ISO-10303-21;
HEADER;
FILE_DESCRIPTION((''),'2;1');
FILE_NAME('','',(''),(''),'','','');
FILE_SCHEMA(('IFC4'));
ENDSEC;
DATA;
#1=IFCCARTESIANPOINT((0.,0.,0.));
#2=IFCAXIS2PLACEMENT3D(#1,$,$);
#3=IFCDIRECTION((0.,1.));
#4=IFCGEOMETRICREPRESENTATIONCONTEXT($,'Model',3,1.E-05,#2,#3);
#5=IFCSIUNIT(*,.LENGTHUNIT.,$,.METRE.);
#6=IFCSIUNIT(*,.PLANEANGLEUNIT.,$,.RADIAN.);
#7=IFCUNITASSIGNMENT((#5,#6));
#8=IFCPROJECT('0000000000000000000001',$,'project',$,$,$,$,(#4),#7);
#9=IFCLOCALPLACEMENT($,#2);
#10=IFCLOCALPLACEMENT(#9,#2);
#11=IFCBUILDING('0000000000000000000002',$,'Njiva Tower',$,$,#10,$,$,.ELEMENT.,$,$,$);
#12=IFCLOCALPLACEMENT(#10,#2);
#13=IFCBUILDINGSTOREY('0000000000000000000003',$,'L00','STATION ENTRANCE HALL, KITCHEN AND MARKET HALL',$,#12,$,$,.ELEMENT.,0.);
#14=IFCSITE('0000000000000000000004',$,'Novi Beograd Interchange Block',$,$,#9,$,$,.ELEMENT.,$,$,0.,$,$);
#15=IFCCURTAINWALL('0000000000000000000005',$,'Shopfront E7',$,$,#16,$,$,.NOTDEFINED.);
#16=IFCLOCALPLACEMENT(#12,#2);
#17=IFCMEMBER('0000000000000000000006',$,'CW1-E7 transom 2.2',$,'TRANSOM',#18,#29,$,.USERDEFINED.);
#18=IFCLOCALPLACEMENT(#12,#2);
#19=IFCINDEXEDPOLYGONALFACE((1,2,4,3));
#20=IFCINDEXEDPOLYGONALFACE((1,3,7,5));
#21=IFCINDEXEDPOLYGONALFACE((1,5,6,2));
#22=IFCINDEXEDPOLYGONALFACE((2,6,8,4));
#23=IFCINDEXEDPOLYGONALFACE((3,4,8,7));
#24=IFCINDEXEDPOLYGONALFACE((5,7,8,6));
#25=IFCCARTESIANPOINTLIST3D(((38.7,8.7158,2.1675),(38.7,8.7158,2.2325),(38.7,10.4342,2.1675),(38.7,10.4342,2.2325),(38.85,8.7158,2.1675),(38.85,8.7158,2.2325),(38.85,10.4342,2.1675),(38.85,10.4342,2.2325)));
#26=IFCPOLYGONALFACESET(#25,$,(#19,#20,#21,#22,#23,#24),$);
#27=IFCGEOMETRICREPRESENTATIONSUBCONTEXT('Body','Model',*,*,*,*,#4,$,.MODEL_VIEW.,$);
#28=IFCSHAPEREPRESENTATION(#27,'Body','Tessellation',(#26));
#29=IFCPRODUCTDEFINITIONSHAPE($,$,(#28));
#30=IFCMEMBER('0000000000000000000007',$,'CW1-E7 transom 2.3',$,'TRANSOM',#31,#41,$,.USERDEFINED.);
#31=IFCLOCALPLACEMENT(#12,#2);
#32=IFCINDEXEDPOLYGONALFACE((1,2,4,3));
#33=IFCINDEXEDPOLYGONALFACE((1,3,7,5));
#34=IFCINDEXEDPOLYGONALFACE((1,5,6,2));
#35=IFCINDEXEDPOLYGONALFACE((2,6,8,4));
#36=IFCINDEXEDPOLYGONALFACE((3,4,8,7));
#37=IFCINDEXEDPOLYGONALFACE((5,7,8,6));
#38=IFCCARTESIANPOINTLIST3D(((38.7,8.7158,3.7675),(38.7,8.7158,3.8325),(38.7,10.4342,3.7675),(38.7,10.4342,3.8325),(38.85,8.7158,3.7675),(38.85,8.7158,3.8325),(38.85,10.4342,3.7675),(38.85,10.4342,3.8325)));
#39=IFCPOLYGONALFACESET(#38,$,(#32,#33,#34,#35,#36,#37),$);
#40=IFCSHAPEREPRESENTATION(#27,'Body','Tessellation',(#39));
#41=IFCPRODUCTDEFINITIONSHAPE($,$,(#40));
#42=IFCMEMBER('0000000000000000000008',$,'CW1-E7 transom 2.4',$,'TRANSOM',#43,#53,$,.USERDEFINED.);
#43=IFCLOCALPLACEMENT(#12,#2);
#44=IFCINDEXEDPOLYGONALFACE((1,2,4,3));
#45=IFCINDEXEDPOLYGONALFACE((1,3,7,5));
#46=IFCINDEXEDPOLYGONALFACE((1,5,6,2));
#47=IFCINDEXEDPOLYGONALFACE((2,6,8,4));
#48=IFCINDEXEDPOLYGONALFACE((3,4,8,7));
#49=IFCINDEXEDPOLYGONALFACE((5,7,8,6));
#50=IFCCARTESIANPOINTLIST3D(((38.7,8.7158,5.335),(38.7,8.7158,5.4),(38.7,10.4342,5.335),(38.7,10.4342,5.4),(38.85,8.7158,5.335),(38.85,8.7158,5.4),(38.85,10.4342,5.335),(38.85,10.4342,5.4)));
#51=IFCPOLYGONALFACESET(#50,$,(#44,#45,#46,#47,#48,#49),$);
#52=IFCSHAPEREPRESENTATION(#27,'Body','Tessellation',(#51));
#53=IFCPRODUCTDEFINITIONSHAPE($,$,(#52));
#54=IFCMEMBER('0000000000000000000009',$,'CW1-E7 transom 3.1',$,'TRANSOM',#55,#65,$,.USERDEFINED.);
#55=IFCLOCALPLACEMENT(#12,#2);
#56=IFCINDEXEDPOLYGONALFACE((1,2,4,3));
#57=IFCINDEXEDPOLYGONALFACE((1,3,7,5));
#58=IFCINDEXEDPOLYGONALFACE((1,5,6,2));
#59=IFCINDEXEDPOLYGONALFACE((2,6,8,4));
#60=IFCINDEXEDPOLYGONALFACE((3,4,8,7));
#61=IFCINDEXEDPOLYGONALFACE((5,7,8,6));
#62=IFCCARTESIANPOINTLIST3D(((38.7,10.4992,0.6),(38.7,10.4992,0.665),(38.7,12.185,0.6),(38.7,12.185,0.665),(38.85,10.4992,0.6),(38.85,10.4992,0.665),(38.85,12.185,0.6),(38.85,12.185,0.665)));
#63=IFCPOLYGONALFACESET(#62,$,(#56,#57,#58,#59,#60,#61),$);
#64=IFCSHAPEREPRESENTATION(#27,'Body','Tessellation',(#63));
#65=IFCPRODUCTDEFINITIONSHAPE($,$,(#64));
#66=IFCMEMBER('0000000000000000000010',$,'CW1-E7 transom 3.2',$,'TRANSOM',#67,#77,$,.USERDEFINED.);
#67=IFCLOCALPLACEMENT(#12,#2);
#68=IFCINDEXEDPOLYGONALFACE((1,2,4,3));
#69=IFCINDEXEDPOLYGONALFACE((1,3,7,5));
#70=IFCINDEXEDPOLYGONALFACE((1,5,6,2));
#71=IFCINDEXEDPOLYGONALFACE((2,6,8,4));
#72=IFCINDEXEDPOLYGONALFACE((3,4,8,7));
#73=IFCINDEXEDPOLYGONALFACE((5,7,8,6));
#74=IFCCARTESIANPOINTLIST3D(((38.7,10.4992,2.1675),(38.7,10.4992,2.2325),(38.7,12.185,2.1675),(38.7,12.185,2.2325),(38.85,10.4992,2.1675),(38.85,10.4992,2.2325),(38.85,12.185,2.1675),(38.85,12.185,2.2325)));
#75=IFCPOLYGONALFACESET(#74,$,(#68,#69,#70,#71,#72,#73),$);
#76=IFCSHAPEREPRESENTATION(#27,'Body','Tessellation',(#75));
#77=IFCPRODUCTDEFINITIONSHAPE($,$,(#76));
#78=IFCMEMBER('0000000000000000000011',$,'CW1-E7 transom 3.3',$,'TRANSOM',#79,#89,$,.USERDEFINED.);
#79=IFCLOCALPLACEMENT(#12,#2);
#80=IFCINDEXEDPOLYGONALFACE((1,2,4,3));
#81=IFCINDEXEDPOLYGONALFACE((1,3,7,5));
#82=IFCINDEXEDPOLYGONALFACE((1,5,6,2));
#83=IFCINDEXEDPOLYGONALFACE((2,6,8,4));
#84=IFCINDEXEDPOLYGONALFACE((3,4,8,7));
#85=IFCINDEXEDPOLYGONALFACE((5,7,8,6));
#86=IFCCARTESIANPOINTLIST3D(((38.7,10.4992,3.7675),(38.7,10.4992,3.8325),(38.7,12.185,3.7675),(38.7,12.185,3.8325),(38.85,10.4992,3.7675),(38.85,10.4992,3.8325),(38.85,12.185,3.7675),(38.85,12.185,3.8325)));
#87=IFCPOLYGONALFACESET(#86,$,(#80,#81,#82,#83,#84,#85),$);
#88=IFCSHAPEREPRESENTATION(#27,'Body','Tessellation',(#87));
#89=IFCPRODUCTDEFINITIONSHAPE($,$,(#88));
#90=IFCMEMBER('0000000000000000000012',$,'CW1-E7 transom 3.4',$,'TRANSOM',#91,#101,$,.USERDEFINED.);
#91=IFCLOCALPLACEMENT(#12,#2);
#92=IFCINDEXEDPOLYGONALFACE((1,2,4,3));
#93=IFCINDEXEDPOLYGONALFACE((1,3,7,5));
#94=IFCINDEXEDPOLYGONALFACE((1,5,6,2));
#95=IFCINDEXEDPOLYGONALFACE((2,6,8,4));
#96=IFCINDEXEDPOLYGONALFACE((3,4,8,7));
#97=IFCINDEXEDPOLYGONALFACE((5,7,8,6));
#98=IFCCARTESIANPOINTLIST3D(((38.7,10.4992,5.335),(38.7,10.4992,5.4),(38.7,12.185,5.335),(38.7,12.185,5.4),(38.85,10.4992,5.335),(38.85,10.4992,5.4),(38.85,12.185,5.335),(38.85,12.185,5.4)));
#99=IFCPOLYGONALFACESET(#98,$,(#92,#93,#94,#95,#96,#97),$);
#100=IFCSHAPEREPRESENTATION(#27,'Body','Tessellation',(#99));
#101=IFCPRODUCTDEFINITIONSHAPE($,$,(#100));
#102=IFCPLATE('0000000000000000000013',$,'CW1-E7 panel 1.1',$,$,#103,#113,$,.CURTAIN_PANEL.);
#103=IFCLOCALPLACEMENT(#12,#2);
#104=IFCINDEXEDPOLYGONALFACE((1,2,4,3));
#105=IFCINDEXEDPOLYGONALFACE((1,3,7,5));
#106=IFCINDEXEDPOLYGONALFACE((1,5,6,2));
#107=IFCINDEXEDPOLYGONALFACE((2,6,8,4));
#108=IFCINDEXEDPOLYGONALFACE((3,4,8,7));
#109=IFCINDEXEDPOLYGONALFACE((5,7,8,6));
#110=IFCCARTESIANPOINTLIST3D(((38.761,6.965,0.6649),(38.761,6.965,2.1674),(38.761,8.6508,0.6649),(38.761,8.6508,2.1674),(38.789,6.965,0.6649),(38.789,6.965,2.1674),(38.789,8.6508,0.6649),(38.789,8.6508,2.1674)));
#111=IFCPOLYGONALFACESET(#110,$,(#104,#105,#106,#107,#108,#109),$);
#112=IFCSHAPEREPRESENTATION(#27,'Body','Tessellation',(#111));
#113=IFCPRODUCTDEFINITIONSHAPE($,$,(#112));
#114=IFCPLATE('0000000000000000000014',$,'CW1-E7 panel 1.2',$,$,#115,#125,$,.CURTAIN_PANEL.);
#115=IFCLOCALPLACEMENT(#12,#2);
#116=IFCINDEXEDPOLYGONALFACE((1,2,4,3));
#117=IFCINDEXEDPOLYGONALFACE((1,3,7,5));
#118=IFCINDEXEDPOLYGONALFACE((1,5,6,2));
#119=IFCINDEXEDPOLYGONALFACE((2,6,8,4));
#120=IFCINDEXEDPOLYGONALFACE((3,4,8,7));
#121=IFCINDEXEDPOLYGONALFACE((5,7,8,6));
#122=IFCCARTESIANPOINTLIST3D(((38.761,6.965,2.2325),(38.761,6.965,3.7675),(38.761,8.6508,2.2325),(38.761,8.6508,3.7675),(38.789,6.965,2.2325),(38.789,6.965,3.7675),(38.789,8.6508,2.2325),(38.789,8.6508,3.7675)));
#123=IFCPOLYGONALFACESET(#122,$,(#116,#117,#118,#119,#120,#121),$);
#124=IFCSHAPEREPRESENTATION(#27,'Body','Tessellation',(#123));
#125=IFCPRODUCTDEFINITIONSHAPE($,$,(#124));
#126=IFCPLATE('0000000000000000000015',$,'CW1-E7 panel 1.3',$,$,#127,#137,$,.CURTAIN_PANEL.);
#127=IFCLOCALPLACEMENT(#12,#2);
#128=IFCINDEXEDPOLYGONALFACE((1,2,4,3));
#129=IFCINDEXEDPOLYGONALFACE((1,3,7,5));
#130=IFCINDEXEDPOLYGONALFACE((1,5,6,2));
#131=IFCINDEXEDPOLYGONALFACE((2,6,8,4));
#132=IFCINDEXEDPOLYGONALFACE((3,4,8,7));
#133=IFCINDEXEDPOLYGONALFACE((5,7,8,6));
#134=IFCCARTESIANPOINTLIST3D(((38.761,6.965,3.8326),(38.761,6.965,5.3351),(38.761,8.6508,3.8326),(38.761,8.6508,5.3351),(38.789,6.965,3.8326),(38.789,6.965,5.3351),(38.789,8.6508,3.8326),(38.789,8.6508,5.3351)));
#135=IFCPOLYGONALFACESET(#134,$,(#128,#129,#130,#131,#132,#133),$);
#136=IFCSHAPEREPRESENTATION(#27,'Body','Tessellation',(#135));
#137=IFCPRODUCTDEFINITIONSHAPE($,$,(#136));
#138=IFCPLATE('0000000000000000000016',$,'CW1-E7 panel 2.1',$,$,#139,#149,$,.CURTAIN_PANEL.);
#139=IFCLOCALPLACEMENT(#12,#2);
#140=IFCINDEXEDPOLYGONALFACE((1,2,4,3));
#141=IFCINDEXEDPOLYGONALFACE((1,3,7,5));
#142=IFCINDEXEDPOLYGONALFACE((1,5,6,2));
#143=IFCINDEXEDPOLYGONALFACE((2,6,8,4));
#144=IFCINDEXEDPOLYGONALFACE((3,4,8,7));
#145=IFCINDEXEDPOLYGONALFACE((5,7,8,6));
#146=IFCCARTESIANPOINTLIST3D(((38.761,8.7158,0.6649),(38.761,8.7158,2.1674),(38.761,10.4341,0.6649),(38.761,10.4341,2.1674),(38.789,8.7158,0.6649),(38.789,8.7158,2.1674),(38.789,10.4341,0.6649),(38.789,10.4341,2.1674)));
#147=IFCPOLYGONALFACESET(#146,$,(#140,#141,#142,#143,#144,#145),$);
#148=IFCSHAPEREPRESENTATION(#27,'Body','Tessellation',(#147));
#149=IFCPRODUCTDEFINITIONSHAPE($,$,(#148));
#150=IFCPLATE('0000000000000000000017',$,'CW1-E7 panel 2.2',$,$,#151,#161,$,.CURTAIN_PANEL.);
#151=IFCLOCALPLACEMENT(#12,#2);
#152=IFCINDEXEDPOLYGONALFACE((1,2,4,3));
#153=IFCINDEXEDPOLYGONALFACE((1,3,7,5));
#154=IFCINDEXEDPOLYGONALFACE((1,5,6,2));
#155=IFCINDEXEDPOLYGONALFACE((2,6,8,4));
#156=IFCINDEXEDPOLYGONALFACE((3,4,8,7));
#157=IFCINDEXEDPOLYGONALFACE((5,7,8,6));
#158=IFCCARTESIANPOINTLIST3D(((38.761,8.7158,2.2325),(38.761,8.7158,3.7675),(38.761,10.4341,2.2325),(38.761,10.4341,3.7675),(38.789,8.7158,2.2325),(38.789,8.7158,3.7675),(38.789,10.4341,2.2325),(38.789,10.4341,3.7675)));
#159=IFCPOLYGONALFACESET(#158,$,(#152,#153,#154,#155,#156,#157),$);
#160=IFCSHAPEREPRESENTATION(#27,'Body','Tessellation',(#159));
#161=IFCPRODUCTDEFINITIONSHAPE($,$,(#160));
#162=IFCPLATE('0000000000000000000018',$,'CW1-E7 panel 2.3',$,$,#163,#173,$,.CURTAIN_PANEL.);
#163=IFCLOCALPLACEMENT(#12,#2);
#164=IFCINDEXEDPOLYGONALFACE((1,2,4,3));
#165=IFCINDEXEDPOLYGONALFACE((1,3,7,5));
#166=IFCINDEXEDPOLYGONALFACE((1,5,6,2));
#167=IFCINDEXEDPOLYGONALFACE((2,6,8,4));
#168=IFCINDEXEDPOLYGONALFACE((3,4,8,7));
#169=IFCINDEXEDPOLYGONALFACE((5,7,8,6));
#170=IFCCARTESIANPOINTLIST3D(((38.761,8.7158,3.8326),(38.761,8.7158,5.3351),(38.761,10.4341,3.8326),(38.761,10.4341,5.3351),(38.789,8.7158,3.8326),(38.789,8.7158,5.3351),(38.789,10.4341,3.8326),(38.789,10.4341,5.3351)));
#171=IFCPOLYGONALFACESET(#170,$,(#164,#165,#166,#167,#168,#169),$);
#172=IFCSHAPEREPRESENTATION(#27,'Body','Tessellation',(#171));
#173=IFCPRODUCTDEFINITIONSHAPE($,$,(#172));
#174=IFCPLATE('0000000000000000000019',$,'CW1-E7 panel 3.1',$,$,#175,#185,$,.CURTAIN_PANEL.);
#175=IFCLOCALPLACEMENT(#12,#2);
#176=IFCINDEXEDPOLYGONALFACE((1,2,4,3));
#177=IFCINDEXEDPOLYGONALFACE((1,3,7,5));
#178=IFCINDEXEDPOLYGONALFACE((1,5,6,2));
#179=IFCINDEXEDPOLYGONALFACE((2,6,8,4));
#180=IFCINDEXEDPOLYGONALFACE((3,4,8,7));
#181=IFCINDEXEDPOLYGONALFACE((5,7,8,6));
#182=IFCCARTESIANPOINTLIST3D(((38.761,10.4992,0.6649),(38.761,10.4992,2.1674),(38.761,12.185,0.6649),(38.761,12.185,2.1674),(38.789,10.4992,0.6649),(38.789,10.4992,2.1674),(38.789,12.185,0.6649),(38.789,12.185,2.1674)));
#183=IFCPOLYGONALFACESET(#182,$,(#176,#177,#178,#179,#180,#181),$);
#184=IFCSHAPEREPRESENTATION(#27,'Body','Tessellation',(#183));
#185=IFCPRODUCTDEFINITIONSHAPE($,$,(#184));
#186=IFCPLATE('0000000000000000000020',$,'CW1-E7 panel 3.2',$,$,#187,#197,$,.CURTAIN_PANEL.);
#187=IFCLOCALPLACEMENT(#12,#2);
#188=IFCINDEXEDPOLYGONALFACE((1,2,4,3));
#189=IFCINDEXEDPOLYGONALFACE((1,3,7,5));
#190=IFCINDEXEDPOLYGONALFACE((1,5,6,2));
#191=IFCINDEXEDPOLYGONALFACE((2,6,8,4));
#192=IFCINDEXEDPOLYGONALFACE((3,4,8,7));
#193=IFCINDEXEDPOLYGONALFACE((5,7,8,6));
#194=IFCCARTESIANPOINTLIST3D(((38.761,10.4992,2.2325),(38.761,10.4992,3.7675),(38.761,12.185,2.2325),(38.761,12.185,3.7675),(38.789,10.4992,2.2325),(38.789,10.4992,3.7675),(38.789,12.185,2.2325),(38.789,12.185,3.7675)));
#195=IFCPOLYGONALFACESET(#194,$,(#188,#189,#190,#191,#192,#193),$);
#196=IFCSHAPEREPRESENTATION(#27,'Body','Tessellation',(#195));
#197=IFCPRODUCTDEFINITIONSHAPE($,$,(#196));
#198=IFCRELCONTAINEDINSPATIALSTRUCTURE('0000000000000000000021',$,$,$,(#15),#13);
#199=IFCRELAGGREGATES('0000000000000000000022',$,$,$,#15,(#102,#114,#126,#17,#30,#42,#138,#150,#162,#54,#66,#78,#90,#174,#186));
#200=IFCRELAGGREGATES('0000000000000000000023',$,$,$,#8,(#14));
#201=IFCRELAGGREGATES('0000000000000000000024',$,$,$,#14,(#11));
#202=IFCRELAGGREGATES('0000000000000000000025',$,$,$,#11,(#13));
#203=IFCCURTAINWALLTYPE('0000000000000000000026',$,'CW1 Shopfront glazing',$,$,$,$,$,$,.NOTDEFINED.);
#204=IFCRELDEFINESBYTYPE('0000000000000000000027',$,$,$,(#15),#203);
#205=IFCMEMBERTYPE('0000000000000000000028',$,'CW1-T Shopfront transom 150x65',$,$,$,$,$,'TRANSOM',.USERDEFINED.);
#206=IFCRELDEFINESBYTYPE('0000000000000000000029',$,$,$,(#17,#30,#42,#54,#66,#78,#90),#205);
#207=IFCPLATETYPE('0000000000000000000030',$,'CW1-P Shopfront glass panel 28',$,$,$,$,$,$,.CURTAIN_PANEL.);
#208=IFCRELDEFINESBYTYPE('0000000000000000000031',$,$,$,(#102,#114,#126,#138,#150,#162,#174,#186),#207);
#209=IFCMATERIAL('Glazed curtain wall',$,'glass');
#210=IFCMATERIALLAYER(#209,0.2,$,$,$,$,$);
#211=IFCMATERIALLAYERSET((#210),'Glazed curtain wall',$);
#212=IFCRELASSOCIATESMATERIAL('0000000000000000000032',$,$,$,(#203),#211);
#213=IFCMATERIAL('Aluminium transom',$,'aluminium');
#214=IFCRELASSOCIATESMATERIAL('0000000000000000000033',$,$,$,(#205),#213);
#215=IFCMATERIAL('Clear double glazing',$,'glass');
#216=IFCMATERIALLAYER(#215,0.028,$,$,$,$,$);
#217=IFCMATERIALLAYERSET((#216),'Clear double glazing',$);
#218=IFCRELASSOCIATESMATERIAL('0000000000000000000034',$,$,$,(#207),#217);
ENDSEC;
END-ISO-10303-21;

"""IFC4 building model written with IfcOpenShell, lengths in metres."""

from ifc_helpers import new_model, si_unit, direction, frame, origin, origin_2d, place, context, subcontext, project, spatial, rectangle, extrude, material, layer, layer_set, material_profile, profile_set, type_object, element, aggregate, save


model = new_model("IFC4")

# Units and contexts
model_context = context("Model", 3, precision=1e-05, world=origin(), true_north=direction((0.0, 1.0)))
body_context = subcontext(model_context, "Body", "Model", "MODEL_VIEW")
ifc_project = project(units=[si_unit("LENGTHUNIT", "METRE"), si_unit("PLANEANGLEUNIT", "RADIAN")], contexts=[model_context])

# Site, building, storey
site_placement = place(None, origin())
site = spatial("IfcSite", under=ifc_project, at=site_placement, Name="Novi Beograd Interchange Block", CompositionType="ELEMENT", RefElevation=0.0)
building_placement = place(site_placement, origin())
building = spatial("IfcBuilding", under=site, at=building_placement, Name="Njiva Tower", CompositionType="ELEMENT")
storey_placement = place(building_placement, origin())
storey = spatial("IfcBuildingStorey", under=building, at=storey_placement, Name="L00", Description="STATION ENTRANCE HALL, KITCHEN AND MARKET HALL", CompositionType="ELEMENT", Elevation=0.0)

# Curtain wall, members, plates
ifc_material_1 = material(Name="Glazed curtain wall", Category="glass")
ifc_layer_1 = layer(ifc_material_1, 0.2)
ifc_layer_set_1 = layer_set([ifc_layer_1], Name="Glazed curtain wall")
curtain_wall_type = type_object("IfcCurtainWallType", Name="CW1 Shopfront glazing", PredefinedType="NOTDEFINED", material=ifc_layer_set_1)
curtain_wall_placement = place(storey_placement, origin())
curtain_wall = element("IfcCurtainWall", 1, at=curtain_wall_placement, inside=storey, type_object=curtain_wall_type, Name="Shopfront E7", PredefinedType="NOTDEFINED")
ifc_material_2 = material(Name="Aluminium transom", Category="aluminium")
ifc_material_profile_1 = material_profile(ifc_material_2, rectangle(XDim=0.15, YDim=0.065, at=origin_2d()), Name="RECT 150x65")
ifc_profile_set_1 = profile_set([ifc_material_profile_1], Name="Aluminium transom")
member_type_1 = type_object("IfcMemberType", Name="CW1-T Shopfront transom 150x65", ElementType="TRANSOM", PredefinedType="USERDEFINED", material=ifc_profile_set_1)
member_1_placement = place(storey_placement, frame((38.775, 8.7158, 2.2), z_axis=(0.0, 1.0, 0.0), x_axis=(-1.0, 0.0, 0.0)))
member_1 = element("IfcMember", 2, at=member_1_placement, type_object=member_type_1, Name="CW1-E7 transom 2.2", ObjectType="TRANSOM", PredefinedType="USERDEFINED", context=body_context, shape_type="SweptSolid", body=[
    extrude(rectangle(XDim=0.15, YDim=0.065, at=origin_2d()), origin(), (0.0, 0.0, 1.0), 1.7184),
])
member_2_placement = place(storey_placement, frame((38.775, 8.7158, 3.8), z_axis=(0.0, 1.0, 0.0), x_axis=(-1.0, 0.0, 0.0)))
member_2 = element("IfcMember", 3, at=member_2_placement, type_object=member_type_1, Name="CW1-E7 transom 2.3", ObjectType="TRANSOM", PredefinedType="USERDEFINED", context=body_context, shape_type="SweptSolid", body=[
    extrude(rectangle(XDim=0.15, YDim=0.065, at=origin_2d()), origin(), (0.0, 0.0, 1.0), 1.7184),
])
member_3_placement = place(storey_placement, frame((38.775, 8.7158, 5.3675), z_axis=(0.0, 1.0, 0.0), x_axis=(-1.0, 0.0, 0.0)))
member_3 = element("IfcMember", 4, at=member_3_placement, type_object=member_type_1, Name="CW1-E7 transom 2.4", ObjectType="TRANSOM", PredefinedType="USERDEFINED", context=body_context, shape_type="SweptSolid", body=[
    extrude(rectangle(XDim=0.15, YDim=0.065, at=origin_2d()), origin(), (0.0, 0.0, 1.0), 1.7184),
])
member_4_placement = place(storey_placement, frame((38.775, 10.4992, 0.6325), z_axis=(0.0, 1.0, 0.0), x_axis=(-1.0, 0.0, 0.0)))
member_4 = element("IfcMember", 5, at=member_4_placement, type_object=member_type_1, Name="CW1-E7 transom 3.1", ObjectType="TRANSOM", PredefinedType="USERDEFINED", context=body_context, shape_type="SweptSolid", body=[
    extrude(rectangle(XDim=0.15, YDim=0.065, at=origin_2d()), origin(), (0.0, 0.0, 1.0), 1.6858),
])
member_5_placement = place(storey_placement, frame((38.775, 10.4992, 2.2), z_axis=(0.0, 1.0, 0.0), x_axis=(-1.0, 0.0, 0.0)))
member_5 = element("IfcMember", 6, at=member_5_placement, type_object=member_type_1, Name="CW1-E7 transom 3.2", ObjectType="TRANSOM", PredefinedType="USERDEFINED", context=body_context, shape_type="SweptSolid", body=[
    extrude(rectangle(XDim=0.15, YDim=0.065, at=origin_2d()), origin(), (0.0, 0.0, 1.0), 1.6858),
])
member_6_placement = place(storey_placement, frame((38.775, 10.4992, 3.8), z_axis=(0.0, 1.0, 0.0), x_axis=(-1.0, 0.0, 0.0)))
member_6 = element("IfcMember", 7, at=member_6_placement, type_object=member_type_1, Name="CW1-E7 transom 3.3", ObjectType="TRANSOM", PredefinedType="USERDEFINED", context=body_context, shape_type="SweptSolid", body=[
    extrude(rectangle(XDim=0.15, YDim=0.065, at=origin_2d()), origin(), (0.0, 0.0, 1.0), 1.6858),
])
member_7_placement = place(storey_placement, frame((38.775, 10.4992, 5.3675), z_axis=(0.0, 1.0, 0.0), x_axis=(-1.0, 0.0, 0.0)))
member_7 = element("IfcMember", 8, at=member_7_placement, type_object=member_type_1, Name="CW1-E7 transom 3.4", ObjectType="TRANSOM", PredefinedType="USERDEFINED", context=body_context, shape_type="SweptSolid", body=[
    extrude(rectangle(XDim=0.15, YDim=0.065, at=origin_2d()), origin(), (0.0, 0.0, 1.0), 1.6858),
])
ifc_material_3 = material(Name="Clear double glazing", Category="glass")
ifc_layer_2 = layer(ifc_material_3, 0.028)
ifc_layer_set_2 = layer_set([ifc_layer_2], Name="Clear double glazing")
plate_type = type_object("IfcPlateType", Name="CW1-P Shopfront glass panel 28", PredefinedType="CURTAIN_PANEL", material=ifc_layer_set_2)
plate_1_placement = place(storey_placement, frame((38.775, 7.8079, 0.6649), z_axis=(0.0, 0.0, 1.0), x_axis=(0.0, 1.0, 0.0)))
plate_1 = element("IfcPlate", 9, at=plate_1_placement, type_object=plate_type, Name="CW1-E7 panel 1.1", PredefinedType="CURTAIN_PANEL", context=body_context, shape_type="SweptSolid", body=[
    extrude(rectangle(XDim=1.6858, YDim=0.028, at=origin_2d()), origin(), (0.0, 0.0, 1.0), 1.5025),
])
plate_2_placement = place(storey_placement, frame((38.775, 7.8079, 2.2325), z_axis=(0.0, 0.0, 1.0), x_axis=(0.0, 1.0, 0.0)))
plate_2 = element("IfcPlate", 10, at=plate_2_placement, type_object=plate_type, Name="CW1-E7 panel 1.2", PredefinedType="CURTAIN_PANEL", context=body_context, shape_type="SweptSolid", body=[
    extrude(rectangle(XDim=1.6858, YDim=0.028, at=origin_2d()), origin(), (0.0, 0.0, 1.0), 1.535),
])
plate_3_placement = place(storey_placement, frame((38.775, 7.8079, 3.8326), z_axis=(0.0, 0.0, 1.0), x_axis=(0.0, 1.0, 0.0)))
plate_3 = element("IfcPlate", 11, at=plate_3_placement, type_object=plate_type, Name="CW1-E7 panel 1.3", PredefinedType="CURTAIN_PANEL", context=body_context, shape_type="SweptSolid", body=[
    extrude(rectangle(XDim=1.6858, YDim=0.028, at=origin_2d()), origin(), (0.0, 0.0, 1.0), 1.5025),
])
plate_4_placement = place(storey_placement, frame((38.775, 9.575, 0.6649), z_axis=(0.0, 0.0, 1.0), x_axis=(0.0, 1.0, 0.0)))
plate_4 = element("IfcPlate", 12, at=plate_4_placement, type_object=plate_type, Name="CW1-E7 panel 2.1", PredefinedType="CURTAIN_PANEL", context=body_context, shape_type="SweptSolid", body=[
    extrude(rectangle(XDim=1.7183, YDim=0.028, at=origin_2d()), origin(), (0.0, 0.0, 1.0), 1.5025),
])
plate_5_placement = place(storey_placement, frame((38.775, 9.575, 2.2325), z_axis=(0.0, 0.0, 1.0), x_axis=(0.0, 1.0, 0.0)))
plate_5 = element("IfcPlate", 13, at=plate_5_placement, type_object=plate_type, Name="CW1-E7 panel 2.2", PredefinedType="CURTAIN_PANEL", context=body_context, shape_type="SweptSolid", body=[
    extrude(rectangle(XDim=1.7183, YDim=0.028, at=origin_2d()), origin(), (0.0, 0.0, 1.0), 1.535),
])
plate_6_placement = place(storey_placement, frame((38.775, 9.575, 3.8326), z_axis=(0.0, 0.0, 1.0), x_axis=(0.0, 1.0, 0.0)))
plate_6 = element("IfcPlate", 14, at=plate_6_placement, type_object=plate_type, Name="CW1-E7 panel 2.3", PredefinedType="CURTAIN_PANEL", context=body_context, shape_type="SweptSolid", body=[
    extrude(rectangle(XDim=1.7183, YDim=0.028, at=origin_2d()), origin(), (0.0, 0.0, 1.0), 1.5025),
])
plate_7_placement = place(storey_placement, frame((38.775, 11.3421, 0.6649), z_axis=(0.0, 0.0, 1.0), x_axis=(0.0, 1.0, 0.0)))
plate_7 = element("IfcPlate", 15, at=plate_7_placement, type_object=plate_type, Name="CW1-E7 panel 3.1", PredefinedType="CURTAIN_PANEL", context=body_context, shape_type="SweptSolid", body=[
    extrude(rectangle(XDim=1.6858, YDim=0.028, at=origin_2d()), origin(), (0.0, 0.0, 1.0), 1.5025),
])
plate_8_placement = place(storey_placement, frame((38.775, 11.3421, 2.2325), z_axis=(0.0, 0.0, 1.0), x_axis=(0.0, 1.0, 0.0)))
plate_8 = element("IfcPlate", 16, at=plate_8_placement, type_object=plate_type, Name="CW1-E7 panel 3.2", PredefinedType="CURTAIN_PANEL", context=body_context, shape_type="SweptSolid", body=[
    extrude(rectangle(XDim=1.6858, YDim=0.028, at=origin_2d()), origin(), (0.0, 0.0, 1.0), 1.535),
])
aggregate(curtain_wall, [plate_1, plate_2, plate_3, member_1, member_2, member_3, plate_4, plate_5, plate_6, member_4, member_5, member_6, member_7, plate_7, plate_8])

save(model, "model.ifc")
